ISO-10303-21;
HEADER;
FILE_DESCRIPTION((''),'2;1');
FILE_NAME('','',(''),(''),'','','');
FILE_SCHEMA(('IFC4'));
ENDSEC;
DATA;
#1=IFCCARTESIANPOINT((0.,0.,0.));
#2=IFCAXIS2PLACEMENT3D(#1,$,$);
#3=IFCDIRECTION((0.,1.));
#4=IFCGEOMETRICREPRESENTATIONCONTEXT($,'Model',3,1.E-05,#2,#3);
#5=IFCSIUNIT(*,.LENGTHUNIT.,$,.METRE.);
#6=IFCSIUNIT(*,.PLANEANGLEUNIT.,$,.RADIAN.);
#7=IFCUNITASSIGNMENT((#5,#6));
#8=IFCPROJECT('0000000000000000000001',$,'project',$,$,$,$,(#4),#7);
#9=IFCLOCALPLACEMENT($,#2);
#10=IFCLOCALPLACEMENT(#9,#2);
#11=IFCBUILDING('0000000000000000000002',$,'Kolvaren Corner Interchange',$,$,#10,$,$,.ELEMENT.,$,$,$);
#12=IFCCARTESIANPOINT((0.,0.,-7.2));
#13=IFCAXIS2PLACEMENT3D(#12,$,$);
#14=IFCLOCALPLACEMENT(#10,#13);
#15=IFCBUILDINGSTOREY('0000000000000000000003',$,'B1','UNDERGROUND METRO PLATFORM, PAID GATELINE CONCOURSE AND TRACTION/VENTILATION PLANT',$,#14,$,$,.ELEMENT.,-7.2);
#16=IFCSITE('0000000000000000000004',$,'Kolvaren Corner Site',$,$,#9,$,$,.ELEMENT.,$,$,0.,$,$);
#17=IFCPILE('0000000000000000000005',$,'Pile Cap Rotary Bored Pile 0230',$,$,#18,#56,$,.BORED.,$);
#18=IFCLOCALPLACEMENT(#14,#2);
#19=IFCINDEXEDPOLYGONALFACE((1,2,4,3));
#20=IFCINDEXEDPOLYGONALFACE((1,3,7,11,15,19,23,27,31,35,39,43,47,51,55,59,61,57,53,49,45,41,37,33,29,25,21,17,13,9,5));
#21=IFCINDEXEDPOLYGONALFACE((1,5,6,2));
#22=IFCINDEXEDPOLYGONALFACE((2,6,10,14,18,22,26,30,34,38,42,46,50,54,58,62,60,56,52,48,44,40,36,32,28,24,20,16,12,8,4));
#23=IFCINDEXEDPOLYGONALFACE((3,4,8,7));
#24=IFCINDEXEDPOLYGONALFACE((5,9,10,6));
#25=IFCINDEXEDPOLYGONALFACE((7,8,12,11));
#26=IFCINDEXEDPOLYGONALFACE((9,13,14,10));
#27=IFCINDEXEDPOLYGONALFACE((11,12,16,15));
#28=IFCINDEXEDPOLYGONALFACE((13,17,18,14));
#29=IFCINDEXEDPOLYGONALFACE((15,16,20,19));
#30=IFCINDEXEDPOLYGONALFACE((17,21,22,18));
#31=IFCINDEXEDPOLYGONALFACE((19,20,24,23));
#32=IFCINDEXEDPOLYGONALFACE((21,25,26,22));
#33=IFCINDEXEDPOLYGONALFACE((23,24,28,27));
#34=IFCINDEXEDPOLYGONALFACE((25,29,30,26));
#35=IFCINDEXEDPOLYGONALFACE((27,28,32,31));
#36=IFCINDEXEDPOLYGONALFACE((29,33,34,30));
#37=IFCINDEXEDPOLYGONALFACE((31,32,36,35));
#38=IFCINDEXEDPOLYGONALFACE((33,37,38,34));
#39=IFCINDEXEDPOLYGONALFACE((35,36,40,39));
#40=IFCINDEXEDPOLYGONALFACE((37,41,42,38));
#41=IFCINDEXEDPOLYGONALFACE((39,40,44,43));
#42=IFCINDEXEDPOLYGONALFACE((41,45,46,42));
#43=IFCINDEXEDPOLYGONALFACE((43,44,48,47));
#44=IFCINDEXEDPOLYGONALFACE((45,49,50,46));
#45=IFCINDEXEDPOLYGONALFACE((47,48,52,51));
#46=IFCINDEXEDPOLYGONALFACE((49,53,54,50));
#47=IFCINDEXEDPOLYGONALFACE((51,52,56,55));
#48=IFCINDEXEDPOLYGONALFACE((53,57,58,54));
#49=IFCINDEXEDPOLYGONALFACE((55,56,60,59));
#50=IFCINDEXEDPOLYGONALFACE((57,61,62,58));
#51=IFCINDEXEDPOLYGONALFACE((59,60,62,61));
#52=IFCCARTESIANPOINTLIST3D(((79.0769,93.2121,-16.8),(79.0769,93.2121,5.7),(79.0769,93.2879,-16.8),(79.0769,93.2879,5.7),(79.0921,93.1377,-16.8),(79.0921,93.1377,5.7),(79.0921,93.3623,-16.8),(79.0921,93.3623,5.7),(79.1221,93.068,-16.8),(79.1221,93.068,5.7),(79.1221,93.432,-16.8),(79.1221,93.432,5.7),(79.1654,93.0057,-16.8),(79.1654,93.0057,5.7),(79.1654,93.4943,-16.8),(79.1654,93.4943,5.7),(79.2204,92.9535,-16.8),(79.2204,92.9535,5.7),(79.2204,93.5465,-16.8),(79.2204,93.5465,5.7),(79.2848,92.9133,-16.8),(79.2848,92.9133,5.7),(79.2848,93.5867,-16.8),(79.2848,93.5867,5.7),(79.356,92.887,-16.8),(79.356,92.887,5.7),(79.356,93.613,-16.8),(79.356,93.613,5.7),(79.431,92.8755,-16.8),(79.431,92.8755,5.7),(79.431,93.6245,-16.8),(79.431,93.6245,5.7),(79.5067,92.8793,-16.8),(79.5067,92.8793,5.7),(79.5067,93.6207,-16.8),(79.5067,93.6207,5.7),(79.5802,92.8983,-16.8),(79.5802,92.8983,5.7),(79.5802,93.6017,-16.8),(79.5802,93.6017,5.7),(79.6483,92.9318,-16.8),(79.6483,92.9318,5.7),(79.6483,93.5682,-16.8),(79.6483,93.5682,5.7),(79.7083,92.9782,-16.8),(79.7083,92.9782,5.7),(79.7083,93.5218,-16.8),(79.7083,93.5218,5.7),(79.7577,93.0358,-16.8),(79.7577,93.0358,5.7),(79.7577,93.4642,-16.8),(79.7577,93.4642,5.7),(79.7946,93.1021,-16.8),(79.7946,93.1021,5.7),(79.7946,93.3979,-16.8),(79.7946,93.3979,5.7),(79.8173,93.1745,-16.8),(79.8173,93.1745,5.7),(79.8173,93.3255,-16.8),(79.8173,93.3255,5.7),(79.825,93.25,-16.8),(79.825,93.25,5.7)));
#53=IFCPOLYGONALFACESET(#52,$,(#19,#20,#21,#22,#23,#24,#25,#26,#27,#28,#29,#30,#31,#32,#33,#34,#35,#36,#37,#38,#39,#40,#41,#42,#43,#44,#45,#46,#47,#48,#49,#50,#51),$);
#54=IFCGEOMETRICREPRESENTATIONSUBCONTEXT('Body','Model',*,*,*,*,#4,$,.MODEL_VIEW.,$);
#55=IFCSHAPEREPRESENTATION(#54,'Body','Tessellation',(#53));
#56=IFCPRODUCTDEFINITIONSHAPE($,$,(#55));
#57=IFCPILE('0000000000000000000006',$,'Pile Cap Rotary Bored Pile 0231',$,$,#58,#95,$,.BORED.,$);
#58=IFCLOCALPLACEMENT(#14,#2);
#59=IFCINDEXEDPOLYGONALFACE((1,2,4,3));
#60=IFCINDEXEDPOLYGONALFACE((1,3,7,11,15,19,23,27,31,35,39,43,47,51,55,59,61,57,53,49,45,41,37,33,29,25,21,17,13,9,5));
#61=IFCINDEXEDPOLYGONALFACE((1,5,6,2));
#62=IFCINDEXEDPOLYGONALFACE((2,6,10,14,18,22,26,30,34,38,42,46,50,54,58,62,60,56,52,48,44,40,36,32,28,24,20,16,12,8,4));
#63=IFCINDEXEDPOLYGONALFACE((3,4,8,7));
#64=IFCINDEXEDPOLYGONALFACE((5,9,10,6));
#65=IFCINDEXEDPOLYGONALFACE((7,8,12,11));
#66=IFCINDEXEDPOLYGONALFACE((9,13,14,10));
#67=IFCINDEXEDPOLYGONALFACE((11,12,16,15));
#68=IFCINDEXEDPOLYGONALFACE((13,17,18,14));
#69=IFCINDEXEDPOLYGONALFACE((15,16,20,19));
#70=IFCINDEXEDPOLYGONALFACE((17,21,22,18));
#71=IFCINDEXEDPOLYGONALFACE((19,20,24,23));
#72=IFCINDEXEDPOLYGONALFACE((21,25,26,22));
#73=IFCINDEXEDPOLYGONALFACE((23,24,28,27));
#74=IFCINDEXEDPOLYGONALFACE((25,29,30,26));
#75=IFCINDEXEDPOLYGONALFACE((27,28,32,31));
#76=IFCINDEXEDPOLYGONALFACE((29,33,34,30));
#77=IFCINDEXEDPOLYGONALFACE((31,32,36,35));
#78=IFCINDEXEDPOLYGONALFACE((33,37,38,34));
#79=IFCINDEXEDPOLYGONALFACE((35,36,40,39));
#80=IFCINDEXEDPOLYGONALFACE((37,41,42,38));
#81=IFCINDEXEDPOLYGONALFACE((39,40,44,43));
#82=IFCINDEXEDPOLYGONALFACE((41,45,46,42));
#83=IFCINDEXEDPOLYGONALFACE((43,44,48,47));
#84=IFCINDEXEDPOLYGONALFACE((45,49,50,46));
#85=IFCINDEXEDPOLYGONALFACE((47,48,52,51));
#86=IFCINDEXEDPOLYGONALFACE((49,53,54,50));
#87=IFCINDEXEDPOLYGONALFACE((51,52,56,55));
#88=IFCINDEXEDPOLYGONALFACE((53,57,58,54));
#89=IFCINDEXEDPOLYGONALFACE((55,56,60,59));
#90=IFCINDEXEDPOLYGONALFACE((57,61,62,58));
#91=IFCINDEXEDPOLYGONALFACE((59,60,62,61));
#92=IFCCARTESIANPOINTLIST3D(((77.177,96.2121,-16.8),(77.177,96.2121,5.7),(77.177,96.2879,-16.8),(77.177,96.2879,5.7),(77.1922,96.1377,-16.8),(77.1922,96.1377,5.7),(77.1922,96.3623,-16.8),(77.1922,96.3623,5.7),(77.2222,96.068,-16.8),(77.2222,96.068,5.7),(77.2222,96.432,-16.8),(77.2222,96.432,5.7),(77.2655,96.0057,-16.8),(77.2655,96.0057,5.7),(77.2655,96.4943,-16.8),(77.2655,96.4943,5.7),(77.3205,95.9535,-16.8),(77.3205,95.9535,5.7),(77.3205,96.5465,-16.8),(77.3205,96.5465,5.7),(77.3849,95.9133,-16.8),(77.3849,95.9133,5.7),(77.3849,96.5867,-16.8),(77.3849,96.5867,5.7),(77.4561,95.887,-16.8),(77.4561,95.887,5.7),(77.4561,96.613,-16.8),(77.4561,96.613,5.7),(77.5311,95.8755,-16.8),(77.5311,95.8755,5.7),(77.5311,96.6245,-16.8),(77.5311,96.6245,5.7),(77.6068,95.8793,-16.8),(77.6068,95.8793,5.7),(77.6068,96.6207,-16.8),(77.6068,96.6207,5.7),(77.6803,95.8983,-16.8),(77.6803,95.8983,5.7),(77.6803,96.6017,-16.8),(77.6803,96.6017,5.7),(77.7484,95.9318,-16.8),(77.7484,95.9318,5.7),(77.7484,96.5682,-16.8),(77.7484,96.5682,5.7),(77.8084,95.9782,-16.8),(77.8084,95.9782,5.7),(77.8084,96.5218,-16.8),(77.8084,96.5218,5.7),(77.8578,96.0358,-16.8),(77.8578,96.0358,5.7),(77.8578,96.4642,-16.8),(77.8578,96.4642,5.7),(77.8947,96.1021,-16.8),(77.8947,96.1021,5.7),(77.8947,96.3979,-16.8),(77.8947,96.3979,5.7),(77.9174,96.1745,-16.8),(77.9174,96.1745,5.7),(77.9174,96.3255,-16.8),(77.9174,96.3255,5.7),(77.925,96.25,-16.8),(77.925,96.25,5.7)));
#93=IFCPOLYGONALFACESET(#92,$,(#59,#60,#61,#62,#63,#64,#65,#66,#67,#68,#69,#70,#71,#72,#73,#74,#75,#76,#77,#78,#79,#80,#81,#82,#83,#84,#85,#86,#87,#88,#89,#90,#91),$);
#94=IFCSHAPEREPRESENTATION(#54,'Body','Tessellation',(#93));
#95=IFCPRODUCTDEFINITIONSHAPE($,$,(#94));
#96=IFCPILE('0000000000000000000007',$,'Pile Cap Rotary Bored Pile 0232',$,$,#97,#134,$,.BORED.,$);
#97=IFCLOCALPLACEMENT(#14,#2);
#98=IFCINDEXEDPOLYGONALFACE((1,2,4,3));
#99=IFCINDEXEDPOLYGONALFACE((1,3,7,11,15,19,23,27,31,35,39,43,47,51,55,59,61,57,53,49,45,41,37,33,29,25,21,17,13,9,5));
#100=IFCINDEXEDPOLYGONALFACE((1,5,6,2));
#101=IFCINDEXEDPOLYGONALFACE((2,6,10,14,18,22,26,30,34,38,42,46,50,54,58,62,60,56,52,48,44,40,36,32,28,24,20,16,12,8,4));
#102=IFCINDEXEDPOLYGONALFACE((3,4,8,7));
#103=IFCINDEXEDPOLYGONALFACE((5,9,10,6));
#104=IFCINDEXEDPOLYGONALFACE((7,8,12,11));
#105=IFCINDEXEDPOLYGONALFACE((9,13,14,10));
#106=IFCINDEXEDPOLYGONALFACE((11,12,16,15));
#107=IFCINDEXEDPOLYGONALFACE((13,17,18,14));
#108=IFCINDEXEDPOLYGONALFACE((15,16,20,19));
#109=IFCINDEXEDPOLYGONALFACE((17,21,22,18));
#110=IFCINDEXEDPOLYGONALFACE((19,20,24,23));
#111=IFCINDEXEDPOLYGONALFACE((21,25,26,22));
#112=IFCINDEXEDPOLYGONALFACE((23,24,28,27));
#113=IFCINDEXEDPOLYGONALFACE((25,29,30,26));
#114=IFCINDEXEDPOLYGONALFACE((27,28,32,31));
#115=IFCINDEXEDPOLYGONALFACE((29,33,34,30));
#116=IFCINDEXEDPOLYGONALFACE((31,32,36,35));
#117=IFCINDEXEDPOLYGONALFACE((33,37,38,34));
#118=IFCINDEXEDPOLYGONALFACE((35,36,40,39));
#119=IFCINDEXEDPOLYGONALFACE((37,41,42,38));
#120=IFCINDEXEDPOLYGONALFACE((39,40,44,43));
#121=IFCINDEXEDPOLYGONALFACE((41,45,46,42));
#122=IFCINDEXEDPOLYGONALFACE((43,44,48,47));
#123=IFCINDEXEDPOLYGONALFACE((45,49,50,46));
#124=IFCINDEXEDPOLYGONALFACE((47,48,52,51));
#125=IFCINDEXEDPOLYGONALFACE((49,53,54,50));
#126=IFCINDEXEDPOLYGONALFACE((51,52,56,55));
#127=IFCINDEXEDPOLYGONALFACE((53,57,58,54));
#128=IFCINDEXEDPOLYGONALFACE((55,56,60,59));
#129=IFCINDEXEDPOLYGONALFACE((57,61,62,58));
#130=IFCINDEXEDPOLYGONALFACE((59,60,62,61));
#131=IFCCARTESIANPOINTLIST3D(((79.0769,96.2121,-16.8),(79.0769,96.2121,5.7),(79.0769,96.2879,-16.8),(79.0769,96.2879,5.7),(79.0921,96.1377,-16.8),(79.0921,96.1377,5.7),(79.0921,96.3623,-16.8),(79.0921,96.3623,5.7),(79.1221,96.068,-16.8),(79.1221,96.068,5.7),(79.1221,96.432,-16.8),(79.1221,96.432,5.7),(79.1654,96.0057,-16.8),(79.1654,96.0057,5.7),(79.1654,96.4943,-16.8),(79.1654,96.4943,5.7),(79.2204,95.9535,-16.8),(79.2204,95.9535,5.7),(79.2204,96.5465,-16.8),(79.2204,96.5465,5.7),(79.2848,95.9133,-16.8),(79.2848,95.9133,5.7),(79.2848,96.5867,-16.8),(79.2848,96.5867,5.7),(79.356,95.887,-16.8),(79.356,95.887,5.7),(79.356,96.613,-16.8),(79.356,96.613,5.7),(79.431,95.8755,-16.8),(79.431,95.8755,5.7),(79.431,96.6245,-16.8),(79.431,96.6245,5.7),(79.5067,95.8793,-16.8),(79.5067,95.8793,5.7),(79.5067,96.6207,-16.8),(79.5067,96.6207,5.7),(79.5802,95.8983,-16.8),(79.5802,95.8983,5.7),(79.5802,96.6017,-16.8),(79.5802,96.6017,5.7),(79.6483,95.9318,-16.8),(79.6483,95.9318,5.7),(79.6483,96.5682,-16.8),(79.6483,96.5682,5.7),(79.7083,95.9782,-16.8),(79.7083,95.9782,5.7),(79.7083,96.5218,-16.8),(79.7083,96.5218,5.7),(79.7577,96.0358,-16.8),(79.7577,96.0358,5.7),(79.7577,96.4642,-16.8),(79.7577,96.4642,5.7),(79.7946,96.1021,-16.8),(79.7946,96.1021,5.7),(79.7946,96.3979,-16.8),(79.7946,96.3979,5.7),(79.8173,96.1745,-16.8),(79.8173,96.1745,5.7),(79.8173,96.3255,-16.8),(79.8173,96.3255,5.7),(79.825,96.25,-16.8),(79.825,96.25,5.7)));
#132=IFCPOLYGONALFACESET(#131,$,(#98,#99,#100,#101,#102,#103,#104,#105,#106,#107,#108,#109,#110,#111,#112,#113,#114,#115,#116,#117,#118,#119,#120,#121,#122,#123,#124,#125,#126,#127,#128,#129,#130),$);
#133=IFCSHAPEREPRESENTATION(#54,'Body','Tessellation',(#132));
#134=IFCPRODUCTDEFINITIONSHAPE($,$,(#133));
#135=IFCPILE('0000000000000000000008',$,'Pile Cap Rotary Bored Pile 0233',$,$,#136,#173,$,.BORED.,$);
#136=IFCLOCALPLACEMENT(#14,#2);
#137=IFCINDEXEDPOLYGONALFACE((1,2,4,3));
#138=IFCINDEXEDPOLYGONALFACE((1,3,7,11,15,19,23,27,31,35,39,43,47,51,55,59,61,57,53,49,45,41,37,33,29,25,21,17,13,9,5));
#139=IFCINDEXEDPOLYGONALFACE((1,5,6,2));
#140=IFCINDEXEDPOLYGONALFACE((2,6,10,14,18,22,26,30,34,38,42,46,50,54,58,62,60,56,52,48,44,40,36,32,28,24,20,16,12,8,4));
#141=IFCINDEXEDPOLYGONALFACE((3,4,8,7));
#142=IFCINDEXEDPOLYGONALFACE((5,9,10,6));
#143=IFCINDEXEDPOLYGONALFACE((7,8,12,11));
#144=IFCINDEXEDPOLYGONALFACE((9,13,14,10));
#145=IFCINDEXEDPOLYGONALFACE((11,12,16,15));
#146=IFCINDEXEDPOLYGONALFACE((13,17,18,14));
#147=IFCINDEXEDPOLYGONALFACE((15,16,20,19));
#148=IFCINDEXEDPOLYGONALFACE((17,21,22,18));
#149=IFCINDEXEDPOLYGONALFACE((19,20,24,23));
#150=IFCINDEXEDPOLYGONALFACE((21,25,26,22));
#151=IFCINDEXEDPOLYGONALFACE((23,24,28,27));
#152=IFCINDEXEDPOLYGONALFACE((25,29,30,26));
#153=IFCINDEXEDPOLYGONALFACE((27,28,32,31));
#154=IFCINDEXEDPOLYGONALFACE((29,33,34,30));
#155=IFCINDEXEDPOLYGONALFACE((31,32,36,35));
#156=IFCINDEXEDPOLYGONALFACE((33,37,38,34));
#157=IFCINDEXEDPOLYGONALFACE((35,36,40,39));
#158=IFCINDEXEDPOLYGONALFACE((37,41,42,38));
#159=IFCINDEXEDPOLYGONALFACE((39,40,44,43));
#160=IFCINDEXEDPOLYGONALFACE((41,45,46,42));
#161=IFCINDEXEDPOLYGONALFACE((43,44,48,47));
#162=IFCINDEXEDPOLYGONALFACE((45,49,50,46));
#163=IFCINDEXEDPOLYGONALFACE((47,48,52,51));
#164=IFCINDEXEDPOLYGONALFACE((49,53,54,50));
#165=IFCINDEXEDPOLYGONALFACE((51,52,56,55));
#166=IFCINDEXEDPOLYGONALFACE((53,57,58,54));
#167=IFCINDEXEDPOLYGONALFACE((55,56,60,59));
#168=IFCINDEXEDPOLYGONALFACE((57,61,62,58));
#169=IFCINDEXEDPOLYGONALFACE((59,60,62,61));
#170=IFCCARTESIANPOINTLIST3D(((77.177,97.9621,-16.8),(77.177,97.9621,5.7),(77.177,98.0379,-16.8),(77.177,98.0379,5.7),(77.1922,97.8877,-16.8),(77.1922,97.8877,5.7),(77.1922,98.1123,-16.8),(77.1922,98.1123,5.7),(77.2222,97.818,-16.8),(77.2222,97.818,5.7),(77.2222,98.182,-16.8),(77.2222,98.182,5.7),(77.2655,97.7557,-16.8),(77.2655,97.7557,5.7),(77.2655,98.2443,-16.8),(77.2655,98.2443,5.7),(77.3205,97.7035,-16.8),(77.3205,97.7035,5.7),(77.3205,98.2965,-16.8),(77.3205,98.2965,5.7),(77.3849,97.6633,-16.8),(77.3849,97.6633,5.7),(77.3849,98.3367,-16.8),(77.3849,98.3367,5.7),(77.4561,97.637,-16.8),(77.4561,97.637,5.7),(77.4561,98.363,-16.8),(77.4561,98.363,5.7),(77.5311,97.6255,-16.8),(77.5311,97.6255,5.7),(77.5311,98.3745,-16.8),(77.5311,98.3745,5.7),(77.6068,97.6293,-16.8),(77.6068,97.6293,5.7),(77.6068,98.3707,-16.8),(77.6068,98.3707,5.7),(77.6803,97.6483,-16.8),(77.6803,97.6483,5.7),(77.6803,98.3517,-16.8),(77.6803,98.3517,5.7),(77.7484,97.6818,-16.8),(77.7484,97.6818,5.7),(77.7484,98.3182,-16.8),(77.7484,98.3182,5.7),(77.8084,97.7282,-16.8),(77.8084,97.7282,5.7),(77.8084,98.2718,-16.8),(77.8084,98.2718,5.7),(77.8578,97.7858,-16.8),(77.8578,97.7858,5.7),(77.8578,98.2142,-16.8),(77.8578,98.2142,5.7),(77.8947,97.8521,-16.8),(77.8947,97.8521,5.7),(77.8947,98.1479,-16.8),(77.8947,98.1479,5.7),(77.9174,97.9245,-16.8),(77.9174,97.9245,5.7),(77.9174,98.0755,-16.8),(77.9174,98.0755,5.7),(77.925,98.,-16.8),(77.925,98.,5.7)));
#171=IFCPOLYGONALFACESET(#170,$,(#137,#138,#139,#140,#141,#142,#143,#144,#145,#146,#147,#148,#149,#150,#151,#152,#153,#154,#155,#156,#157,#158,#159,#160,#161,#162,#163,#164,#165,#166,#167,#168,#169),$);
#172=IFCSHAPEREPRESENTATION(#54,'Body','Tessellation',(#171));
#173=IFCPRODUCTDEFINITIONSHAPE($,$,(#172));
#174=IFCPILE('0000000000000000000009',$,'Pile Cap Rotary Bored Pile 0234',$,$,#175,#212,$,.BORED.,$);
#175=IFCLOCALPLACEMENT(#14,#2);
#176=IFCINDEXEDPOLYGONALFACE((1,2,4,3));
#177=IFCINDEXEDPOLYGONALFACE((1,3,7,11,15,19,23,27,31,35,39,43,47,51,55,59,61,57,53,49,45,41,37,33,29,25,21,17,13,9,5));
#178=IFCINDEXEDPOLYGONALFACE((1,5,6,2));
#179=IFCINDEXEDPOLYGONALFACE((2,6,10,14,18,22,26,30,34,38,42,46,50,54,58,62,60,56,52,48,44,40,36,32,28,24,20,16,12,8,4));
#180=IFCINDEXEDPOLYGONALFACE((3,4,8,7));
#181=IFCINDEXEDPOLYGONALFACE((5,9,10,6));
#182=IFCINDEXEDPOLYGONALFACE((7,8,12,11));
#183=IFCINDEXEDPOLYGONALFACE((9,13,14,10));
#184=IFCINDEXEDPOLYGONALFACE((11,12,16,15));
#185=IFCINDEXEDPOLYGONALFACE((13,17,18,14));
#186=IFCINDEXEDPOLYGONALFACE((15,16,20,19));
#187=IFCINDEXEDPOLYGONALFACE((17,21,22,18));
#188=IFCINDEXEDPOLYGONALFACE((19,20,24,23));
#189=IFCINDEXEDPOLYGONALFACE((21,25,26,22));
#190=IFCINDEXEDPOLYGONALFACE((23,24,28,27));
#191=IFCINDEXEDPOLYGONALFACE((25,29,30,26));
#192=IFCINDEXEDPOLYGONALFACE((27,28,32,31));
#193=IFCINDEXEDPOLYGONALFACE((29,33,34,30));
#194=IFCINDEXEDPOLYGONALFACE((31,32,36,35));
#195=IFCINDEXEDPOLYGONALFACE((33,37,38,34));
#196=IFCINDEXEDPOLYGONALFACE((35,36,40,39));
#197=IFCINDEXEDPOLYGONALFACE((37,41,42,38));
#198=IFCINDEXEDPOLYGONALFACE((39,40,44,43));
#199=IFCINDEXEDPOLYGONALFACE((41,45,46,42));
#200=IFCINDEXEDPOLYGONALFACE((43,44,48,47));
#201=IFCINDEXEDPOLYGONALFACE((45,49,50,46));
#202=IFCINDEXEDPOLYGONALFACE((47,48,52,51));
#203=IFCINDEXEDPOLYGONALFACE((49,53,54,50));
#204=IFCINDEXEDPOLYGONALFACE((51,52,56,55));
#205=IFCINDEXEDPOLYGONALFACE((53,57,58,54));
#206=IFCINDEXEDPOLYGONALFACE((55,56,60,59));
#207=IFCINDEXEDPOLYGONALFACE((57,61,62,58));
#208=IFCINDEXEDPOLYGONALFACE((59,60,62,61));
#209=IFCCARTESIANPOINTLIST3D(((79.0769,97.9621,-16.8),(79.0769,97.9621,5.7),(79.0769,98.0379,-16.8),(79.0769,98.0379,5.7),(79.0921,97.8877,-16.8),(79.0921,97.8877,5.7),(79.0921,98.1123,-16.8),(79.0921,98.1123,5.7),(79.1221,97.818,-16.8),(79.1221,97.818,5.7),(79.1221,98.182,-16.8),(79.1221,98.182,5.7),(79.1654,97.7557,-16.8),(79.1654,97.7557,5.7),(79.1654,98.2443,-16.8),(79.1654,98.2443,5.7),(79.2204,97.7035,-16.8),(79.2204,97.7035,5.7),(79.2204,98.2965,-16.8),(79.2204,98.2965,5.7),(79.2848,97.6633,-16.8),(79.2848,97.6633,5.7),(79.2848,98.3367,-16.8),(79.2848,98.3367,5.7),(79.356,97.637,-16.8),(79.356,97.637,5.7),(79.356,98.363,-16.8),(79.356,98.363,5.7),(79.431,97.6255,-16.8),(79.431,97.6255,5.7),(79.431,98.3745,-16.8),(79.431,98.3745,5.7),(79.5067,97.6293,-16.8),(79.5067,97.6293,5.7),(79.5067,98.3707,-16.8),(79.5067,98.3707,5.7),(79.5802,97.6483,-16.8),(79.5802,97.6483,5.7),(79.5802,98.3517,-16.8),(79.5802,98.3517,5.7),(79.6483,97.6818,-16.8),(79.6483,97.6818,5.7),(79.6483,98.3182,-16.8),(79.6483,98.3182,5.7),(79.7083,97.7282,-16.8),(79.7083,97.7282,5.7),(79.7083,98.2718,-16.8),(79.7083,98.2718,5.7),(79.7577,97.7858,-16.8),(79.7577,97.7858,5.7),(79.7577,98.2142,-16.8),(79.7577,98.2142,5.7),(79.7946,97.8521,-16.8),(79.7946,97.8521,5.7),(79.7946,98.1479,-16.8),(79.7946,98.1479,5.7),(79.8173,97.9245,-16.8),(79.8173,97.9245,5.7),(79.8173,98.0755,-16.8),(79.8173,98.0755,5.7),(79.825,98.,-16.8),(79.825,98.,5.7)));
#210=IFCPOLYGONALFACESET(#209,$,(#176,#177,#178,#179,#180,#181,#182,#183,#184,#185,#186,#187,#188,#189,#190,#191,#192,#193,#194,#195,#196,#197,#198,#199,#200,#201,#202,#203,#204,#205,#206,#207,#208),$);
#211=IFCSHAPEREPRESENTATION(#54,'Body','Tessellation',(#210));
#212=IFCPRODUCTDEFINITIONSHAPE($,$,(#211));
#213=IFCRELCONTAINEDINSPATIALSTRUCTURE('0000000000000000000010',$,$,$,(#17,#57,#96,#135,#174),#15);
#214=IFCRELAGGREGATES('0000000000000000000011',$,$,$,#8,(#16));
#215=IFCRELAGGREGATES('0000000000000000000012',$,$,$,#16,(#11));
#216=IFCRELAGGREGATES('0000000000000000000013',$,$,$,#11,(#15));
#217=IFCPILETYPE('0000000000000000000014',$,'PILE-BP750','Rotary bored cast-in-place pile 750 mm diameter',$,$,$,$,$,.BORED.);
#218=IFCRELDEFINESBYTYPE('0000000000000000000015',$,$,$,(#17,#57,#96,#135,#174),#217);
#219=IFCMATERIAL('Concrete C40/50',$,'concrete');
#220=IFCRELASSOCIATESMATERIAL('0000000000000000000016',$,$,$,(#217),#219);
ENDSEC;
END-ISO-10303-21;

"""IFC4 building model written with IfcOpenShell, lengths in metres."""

from ifc_helpers import new_model, si_unit, direction, frame, origin, origin_2d, place, context, subcontext, project, spatial, circle, extrude, material, material_profile, profile_set, type_object, element, save


model = new_model("IFC4")

# Units and contexts
model_context = context("Model", 3, precision=1e-05, world=origin(), true_north=direction((0.0, 1.0)))
body_context = subcontext(model_context, "Body", "Model", "MODEL_VIEW")
ifc_project = project(units=[si_unit("LENGTHUNIT", "METRE"), si_unit("PLANEANGLEUNIT", "RADIAN")], contexts=[model_context])

# Site, building, storey
site_placement = place(None, origin())
site = spatial("IfcSite", under=ifc_project, at=site_placement, Name="Kolvaren Corner Site", CompositionType="ELEMENT", RefElevation=0.0)
building_placement = place(site_placement, origin())
building = spatial("IfcBuilding", under=site, at=building_placement, Name="Kolvaren Corner Interchange", CompositionType="ELEMENT")
storey_placement = place(building_placement, frame((0.0, 0.0, -7.2)))
storey = spatial("IfcBuildingStorey", under=building, at=storey_placement, Name="B1", Description="UNDERGROUND METRO PLATFORM, PAID GATELINE CONCOURSE AND TRACTION/VENTILATION PLANT", CompositionType="ELEMENT", Elevation=-7.2)

# Piles
ifc_material_1 = material(Name="Concrete C40/50", Category="concrete")
ifc_material_profile = material_profile(ifc_material_1, circle(Radius=0.375, at=origin_2d()), Name="BORED PILE 750")
ifc_profile_set = profile_set([ifc_material_profile], Name="Concrete C40/50")
pile_type = type_object("IfcPileType", Name="PILE-BP750", Description="Rotary bored cast-in-place pile 750 mm diameter", PredefinedType="BORED", material=ifc_profile_set)
for number, where, z_axis, x_axis, name in (
    (1, (79.45, 93.25, 5.7), (0.0, 0.0, -1.0), (1.0, 0.0, 0.0), "Pile Cap Rotary Bored Pile 0230"),
    (2, (77.55, 96.25, 5.7), (0.0, 0.0, -1.0), (1.0, 0.0, 0.0), "Pile Cap Rotary Bored Pile 0231"),
    (3, (79.45, 96.25, 5.7), (0.0, 0.0, -1.0), (1.0, 0.0, 0.0), "Pile Cap Rotary Bored Pile 0232"),
    (4, (77.55, 98.0, 5.7), (0.0, 0.0, -1.0), (1.0, 0.0, 0.0), "Pile Cap Rotary Bored Pile 0233"),
    (5, (79.45, 98.0, 5.7), (0.0, 0.0, -1.0), (1.0, 0.0, 0.0), "Pile Cap Rotary Bored Pile 0234"),
):
    element("IfcPile", number, at=place(storey_placement, frame(where, z_axis=z_axis, x_axis=x_axis)), inside=storey, type_object=pile_type, Name=name, PredefinedType="BORED", context=body_context, shape_type="SweptSolid", body=[
        extrude(circle(Radius=0.375, at=origin_2d()), origin(), (0.0, 0.0, 1.0), 22.5),
    ])

save(model, "model.ifc")
